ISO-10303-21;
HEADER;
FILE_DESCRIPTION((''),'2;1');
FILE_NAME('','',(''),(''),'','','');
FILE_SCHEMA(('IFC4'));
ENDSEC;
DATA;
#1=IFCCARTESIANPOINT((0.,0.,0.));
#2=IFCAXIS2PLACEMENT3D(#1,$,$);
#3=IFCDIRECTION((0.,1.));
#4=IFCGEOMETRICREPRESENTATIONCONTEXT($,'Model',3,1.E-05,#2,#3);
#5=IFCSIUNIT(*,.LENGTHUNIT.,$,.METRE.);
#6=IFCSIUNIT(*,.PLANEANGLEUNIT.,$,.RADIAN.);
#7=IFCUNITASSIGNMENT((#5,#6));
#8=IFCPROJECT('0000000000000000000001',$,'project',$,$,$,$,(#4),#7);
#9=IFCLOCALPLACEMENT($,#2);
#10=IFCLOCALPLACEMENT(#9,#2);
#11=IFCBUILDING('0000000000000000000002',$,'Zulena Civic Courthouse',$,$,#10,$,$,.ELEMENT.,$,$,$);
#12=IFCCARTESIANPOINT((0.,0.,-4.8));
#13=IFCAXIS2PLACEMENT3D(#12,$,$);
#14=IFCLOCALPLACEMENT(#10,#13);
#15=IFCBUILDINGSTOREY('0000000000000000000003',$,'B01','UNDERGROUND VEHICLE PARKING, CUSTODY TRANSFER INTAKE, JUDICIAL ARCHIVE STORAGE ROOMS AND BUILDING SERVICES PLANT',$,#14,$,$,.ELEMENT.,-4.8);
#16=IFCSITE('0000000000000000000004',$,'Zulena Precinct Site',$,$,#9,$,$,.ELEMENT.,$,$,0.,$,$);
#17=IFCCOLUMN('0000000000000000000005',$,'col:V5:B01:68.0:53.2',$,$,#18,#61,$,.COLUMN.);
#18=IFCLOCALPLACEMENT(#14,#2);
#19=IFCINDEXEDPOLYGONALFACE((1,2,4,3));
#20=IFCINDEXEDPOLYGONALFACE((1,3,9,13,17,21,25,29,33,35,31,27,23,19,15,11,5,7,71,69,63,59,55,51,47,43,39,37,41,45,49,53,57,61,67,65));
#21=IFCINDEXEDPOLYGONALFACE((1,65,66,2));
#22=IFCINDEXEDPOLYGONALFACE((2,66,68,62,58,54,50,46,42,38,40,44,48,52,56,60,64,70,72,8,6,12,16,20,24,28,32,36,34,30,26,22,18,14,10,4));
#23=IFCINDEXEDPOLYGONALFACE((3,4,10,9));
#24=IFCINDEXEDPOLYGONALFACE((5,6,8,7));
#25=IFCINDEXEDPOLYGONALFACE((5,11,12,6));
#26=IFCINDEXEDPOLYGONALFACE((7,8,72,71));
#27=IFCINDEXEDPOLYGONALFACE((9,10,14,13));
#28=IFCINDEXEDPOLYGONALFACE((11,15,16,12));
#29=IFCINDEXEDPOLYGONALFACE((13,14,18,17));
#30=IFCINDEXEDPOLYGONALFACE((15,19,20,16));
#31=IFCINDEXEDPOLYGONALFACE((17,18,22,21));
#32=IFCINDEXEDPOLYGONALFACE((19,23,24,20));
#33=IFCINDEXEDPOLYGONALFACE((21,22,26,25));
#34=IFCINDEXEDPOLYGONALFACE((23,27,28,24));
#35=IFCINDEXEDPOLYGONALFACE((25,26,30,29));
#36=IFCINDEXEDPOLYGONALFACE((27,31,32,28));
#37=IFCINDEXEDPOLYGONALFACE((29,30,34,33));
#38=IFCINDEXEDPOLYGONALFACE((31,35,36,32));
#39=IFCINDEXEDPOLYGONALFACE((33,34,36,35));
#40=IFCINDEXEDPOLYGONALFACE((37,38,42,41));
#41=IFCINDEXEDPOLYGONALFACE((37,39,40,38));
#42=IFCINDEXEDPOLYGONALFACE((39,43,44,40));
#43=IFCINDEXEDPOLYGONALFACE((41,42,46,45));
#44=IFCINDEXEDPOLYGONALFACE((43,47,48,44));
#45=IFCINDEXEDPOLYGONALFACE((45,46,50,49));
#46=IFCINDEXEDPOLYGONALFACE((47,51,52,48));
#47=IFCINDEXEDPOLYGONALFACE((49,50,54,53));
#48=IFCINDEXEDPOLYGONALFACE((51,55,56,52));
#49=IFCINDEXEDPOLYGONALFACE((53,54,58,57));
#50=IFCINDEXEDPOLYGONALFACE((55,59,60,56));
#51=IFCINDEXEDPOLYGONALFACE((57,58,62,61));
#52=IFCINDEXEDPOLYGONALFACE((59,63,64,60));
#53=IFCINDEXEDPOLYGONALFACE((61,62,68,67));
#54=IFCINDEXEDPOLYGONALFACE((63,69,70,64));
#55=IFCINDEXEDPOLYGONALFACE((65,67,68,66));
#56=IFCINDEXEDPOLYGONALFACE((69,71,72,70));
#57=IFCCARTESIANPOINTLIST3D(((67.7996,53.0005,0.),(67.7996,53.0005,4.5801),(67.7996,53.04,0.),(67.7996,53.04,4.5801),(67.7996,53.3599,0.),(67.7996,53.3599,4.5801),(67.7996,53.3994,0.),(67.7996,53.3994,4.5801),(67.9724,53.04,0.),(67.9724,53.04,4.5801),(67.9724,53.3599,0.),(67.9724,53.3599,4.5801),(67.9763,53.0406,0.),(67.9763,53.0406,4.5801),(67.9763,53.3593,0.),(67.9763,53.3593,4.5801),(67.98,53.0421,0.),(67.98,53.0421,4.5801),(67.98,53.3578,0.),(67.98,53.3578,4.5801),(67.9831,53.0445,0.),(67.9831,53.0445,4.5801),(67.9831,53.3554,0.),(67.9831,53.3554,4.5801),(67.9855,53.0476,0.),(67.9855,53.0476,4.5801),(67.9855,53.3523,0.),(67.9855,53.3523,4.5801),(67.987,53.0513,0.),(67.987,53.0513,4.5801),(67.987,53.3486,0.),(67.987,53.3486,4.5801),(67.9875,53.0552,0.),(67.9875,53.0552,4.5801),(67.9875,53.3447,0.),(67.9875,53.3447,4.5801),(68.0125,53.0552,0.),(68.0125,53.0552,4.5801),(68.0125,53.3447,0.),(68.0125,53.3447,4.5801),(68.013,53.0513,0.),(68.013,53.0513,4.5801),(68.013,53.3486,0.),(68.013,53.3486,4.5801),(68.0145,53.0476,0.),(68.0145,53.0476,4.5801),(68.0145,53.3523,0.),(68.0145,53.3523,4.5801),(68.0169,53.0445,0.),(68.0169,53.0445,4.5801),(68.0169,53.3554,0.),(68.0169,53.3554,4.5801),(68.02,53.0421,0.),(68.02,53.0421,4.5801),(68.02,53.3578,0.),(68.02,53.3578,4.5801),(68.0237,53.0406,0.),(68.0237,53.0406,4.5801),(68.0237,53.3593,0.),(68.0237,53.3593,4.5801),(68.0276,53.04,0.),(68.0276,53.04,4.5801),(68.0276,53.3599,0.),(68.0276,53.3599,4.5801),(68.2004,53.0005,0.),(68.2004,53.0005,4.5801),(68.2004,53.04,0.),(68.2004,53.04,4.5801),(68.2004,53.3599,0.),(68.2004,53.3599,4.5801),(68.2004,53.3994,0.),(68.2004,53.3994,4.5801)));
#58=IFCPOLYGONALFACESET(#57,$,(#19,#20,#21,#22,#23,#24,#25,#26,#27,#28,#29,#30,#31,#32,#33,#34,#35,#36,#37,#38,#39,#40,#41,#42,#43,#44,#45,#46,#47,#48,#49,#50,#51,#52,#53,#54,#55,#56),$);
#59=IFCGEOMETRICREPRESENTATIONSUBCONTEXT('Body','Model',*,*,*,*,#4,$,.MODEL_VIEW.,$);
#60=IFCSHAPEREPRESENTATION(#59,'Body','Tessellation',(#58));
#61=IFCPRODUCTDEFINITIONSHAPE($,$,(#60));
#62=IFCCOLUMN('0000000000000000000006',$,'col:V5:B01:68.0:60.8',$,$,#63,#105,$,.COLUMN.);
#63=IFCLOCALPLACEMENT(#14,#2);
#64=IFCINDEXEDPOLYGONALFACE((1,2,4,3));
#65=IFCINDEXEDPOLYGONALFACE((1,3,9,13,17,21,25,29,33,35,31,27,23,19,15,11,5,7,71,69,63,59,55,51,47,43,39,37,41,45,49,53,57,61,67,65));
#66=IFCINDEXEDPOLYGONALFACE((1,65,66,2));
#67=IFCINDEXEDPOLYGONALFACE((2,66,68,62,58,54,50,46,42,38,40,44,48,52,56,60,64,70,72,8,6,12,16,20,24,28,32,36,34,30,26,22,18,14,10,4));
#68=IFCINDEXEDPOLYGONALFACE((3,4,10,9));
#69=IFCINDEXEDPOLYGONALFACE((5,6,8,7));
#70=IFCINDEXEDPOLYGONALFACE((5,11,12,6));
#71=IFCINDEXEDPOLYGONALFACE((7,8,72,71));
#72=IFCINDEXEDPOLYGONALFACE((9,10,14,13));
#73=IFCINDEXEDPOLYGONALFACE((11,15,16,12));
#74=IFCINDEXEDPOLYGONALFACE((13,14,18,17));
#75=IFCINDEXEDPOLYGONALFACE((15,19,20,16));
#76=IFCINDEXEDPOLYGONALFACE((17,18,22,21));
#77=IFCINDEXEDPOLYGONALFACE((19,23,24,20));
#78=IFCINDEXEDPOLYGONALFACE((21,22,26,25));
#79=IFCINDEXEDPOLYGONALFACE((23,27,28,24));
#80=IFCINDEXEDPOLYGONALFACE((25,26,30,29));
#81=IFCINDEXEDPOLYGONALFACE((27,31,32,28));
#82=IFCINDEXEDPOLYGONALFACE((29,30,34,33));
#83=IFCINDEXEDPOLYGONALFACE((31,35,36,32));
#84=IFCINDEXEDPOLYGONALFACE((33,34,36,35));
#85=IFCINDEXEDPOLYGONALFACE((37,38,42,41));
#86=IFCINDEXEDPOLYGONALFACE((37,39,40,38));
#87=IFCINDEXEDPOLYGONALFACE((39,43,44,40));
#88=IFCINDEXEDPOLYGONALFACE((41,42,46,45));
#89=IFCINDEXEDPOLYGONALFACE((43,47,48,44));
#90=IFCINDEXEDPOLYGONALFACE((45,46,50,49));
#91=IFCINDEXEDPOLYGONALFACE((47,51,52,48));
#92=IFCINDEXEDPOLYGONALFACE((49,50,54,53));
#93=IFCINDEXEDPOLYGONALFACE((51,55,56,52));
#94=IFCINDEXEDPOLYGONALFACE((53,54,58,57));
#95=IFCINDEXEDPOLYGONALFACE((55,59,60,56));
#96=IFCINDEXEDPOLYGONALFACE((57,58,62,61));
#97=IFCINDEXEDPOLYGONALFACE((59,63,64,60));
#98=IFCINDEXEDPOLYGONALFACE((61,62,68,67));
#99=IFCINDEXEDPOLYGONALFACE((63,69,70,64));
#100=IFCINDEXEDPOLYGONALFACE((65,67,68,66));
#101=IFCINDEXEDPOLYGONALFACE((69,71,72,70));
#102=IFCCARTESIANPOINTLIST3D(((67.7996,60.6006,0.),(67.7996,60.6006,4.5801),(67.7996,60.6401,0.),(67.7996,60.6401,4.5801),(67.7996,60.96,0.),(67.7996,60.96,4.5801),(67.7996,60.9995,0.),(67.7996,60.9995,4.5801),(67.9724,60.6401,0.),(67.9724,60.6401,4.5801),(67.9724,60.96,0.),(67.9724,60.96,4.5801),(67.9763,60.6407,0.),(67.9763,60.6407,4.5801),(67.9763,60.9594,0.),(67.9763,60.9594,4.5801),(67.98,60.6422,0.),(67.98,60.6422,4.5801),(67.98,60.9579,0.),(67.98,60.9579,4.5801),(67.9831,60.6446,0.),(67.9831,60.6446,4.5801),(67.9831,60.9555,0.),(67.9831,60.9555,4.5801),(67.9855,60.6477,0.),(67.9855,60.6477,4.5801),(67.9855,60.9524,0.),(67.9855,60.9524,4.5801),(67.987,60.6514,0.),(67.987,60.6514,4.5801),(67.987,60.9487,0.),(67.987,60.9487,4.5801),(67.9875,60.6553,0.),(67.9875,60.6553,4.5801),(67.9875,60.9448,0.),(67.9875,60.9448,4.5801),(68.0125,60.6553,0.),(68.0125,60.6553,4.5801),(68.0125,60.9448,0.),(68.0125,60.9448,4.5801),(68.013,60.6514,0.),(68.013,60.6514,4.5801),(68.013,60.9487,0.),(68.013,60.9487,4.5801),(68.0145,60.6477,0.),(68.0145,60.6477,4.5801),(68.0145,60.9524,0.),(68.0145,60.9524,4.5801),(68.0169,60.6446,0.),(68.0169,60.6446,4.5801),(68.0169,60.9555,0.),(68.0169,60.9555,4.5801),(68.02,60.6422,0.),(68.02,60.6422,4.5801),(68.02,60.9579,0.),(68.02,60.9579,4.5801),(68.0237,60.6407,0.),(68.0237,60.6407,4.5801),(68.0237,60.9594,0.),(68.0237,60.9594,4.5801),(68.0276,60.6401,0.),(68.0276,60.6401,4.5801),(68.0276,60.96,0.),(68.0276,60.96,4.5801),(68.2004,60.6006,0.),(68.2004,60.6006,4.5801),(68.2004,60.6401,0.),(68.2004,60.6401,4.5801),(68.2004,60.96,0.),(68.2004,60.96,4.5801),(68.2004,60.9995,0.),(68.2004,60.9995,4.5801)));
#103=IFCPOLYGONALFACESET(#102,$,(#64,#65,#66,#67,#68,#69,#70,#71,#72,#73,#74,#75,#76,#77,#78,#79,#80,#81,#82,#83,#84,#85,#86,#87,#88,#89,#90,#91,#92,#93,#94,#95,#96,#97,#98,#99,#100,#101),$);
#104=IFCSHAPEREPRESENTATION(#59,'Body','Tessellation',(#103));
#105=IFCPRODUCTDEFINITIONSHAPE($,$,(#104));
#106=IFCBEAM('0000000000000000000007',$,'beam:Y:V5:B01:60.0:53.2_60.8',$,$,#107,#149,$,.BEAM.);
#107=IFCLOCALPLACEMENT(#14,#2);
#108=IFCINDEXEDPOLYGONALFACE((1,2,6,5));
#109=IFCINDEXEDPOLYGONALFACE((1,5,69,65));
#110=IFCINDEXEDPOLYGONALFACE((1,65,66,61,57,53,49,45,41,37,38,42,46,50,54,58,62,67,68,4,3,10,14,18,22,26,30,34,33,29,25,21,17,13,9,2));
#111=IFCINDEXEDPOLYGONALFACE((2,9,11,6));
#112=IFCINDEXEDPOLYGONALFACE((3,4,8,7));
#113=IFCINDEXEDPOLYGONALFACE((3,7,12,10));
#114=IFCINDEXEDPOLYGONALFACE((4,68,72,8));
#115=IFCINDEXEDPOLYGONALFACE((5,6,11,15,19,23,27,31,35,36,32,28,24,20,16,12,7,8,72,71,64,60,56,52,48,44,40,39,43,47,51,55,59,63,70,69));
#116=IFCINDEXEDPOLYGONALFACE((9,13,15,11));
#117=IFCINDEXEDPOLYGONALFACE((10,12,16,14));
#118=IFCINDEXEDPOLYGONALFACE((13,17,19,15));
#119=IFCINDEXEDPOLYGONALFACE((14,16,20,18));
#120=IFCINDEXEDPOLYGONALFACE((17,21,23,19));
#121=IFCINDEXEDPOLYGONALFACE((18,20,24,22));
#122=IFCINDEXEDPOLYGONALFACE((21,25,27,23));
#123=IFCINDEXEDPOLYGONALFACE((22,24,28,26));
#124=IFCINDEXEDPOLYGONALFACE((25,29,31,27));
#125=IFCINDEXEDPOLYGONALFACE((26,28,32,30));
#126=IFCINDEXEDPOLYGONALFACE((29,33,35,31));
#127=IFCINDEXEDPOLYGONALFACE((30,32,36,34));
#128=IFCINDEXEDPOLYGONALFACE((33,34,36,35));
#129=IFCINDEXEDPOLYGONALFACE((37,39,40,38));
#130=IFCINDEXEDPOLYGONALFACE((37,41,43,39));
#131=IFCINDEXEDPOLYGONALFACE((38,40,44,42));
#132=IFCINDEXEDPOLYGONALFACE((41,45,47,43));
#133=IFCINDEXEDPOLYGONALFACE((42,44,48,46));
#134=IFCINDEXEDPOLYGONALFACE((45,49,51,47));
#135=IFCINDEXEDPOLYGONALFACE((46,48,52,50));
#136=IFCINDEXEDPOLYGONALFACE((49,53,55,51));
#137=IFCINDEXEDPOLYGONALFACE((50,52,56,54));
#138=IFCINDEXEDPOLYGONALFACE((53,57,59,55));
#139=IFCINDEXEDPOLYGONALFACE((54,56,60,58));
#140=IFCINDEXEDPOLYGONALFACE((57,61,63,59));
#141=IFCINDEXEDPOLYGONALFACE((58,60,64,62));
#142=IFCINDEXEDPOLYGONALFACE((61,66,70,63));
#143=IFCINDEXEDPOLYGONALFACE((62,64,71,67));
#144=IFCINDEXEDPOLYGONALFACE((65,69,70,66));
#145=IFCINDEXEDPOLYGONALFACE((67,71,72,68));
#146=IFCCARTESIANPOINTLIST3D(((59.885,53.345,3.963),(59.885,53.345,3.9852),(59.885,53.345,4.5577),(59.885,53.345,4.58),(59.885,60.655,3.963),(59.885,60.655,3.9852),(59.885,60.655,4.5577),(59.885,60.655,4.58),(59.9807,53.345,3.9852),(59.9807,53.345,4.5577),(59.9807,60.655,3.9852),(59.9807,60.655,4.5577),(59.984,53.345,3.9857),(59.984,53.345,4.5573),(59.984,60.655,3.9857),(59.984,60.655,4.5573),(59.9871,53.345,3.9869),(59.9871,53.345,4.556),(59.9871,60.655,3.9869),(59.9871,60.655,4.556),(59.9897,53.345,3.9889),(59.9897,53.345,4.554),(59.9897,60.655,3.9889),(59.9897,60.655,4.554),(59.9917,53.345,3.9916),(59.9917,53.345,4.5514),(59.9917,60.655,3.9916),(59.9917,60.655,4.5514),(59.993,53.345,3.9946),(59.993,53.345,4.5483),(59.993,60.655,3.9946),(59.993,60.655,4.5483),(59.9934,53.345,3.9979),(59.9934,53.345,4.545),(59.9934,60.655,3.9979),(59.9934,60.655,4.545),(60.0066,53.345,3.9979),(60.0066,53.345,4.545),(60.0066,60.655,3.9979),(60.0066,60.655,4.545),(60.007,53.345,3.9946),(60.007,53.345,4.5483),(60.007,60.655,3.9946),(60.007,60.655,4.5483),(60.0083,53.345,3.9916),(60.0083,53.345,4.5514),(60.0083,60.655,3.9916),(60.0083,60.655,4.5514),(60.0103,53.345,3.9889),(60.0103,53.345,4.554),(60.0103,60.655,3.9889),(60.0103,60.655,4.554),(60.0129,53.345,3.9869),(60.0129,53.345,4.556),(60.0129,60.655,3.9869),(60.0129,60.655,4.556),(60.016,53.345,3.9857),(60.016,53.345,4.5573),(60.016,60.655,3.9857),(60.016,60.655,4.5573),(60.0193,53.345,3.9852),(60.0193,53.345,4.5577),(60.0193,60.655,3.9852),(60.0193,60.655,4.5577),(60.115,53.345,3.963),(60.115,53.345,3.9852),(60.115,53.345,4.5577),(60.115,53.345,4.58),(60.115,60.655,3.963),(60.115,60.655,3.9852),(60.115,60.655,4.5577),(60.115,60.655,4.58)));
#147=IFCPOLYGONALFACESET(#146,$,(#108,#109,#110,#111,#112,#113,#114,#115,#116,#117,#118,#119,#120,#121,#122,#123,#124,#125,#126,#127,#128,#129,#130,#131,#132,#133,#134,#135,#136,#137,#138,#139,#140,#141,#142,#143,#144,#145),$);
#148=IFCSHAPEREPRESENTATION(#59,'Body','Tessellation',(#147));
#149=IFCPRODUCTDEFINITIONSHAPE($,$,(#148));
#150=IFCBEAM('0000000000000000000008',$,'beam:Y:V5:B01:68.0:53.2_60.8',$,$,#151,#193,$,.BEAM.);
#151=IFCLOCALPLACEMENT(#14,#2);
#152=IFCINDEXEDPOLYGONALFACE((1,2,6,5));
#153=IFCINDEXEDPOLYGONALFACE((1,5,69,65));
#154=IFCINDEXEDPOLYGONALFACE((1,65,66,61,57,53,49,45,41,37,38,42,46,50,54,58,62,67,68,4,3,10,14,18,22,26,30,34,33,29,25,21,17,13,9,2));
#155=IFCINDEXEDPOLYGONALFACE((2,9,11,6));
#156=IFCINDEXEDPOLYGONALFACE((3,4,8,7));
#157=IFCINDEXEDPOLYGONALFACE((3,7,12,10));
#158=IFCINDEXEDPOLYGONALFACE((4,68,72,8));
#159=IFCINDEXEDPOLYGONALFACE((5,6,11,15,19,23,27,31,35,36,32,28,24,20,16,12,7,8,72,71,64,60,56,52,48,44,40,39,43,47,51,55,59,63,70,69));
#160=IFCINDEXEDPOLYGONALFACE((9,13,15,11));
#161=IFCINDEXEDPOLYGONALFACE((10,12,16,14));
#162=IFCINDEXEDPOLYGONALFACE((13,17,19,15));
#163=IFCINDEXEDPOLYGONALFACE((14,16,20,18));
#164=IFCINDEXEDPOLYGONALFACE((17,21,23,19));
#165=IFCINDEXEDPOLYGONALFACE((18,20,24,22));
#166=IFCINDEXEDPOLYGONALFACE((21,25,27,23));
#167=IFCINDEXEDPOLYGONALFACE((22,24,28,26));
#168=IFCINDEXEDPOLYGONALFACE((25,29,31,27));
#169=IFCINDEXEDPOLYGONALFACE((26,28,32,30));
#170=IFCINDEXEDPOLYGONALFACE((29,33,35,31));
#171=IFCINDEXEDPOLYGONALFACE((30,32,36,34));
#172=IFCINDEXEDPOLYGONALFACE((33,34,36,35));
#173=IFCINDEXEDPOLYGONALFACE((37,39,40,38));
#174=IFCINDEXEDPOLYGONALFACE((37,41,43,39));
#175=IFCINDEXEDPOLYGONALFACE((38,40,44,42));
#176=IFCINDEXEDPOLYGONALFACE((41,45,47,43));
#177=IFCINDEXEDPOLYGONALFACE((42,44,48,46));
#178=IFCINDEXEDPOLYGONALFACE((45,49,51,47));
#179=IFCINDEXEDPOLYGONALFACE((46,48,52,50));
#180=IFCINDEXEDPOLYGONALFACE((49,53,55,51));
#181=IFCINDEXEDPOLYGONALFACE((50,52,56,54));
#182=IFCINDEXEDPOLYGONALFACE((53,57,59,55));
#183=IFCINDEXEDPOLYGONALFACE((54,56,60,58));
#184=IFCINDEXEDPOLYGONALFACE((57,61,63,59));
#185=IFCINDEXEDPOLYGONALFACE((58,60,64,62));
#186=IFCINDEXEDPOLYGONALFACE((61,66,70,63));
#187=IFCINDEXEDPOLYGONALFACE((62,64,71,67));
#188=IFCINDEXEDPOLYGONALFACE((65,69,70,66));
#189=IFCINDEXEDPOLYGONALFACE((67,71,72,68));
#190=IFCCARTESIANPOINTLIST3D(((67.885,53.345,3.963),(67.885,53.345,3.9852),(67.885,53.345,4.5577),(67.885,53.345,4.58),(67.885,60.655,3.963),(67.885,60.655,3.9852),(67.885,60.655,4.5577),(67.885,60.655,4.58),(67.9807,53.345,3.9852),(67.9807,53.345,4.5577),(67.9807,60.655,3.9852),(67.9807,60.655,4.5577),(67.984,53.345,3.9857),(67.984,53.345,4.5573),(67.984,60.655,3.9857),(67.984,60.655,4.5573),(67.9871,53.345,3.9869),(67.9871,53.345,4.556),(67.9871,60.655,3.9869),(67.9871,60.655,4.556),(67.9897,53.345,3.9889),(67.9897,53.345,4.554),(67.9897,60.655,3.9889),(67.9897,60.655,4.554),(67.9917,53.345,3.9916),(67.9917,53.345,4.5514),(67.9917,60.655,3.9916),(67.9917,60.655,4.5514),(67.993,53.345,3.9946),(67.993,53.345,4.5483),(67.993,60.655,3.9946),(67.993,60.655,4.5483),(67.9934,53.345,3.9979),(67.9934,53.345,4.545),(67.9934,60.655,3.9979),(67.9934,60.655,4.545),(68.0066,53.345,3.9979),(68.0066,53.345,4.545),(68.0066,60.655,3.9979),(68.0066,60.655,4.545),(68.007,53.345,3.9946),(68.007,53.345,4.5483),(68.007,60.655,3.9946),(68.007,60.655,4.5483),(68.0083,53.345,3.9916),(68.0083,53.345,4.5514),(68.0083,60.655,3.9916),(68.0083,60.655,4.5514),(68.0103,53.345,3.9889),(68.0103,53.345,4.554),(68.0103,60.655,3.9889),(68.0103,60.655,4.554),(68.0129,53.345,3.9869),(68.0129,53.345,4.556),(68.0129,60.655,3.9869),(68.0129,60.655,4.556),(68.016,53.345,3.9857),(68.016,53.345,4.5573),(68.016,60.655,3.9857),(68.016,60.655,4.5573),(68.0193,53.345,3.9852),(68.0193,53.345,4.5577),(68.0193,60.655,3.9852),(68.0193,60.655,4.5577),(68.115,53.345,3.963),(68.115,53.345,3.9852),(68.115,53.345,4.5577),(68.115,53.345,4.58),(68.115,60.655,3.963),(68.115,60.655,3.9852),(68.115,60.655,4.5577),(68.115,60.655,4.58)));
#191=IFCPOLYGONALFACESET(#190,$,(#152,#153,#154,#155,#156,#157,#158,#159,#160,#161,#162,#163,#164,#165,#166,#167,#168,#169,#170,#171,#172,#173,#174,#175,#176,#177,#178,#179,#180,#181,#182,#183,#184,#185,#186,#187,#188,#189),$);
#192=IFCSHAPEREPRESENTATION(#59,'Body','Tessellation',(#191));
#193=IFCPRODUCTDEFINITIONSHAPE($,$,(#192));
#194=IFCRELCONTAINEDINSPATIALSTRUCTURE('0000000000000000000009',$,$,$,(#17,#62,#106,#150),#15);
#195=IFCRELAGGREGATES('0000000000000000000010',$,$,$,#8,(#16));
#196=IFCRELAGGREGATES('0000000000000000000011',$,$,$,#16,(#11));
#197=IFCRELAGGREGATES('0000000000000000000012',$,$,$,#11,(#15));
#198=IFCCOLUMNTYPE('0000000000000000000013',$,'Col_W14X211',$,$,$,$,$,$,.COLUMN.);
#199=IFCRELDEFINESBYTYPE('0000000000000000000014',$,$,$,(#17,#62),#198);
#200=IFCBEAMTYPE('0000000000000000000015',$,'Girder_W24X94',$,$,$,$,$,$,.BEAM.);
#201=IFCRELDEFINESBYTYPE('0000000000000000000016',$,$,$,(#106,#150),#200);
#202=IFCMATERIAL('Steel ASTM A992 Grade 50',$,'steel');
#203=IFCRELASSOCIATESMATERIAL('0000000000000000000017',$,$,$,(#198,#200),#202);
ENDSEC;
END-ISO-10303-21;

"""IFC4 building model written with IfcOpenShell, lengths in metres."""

from ifc_helpers import new_model, si_unit, direction, frame, origin, origin_2d, place, context, subcontext, project, spatial, i_section, extrude, material, material_profile, profile_set, type_object, element, save


model = new_model("IFC4")

# Units and contexts
model_context = context("Model", 3, precision=1e-05, world=origin(), true_north=direction((0.0, 1.0)))
body_context = subcontext(model_context, "Body", "Model", "MODEL_VIEW")
ifc_project = project(units=[si_unit("LENGTHUNIT", "METRE"), si_unit("PLANEANGLEUNIT", "RADIAN")], contexts=[model_context])

# Site, building, storey
site_placement = place(None, origin())
site = spatial("IfcSite", under=ifc_project, at=site_placement, Name="Zulena Precinct Site", CompositionType="ELEMENT", RefElevation=0.0)
building_placement = place(site_placement, origin())
building = spatial("IfcBuilding", under=site, at=building_placement, Name="Zulena Civic Courthouse", CompositionType="ELEMENT")
storey_placement = place(building_placement, frame((0.0, 0.0, -4.8)))
storey = spatial("IfcBuildingStorey", under=building, at=storey_placement, Name="B01", Description="UNDERGROUND VEHICLE PARKING, CUSTODY TRANSFER INTAKE, JUDICIAL ARCHIVE STORAGE ROOMS AND BUILDING SERVICES PLANT", CompositionType="ELEMENT", Elevation=-4.8)

# Columns
ifc_material_1 = material(Name="Steel ASTM A992 Grade 50", Category="steel")
ifc_material_profile_1 = material_profile(ifc_material_1, i_section(OverallWidth=0.4009, OverallDepth=0.3989, WebThickness=0.0249, FlangeThickness=0.0396, FilletRadius=0.0151, at=origin_2d()), Name="W14X211")
ifc_profile_set_1 = profile_set([ifc_material_profile_1], Name="Steel ASTM A992 Grade 50")
column_type = type_object("IfcColumnType", Name="Col_W14X211", PredefinedType="COLUMN", material=ifc_profile_set_1)
for number, where, z_axis, x_axis, name in (
    (1, (68.0, 53.2, 0.0), (0.0, 0.0, 1.0), (1.0, 0.0, 0.0), "col:V5:B01:68.0:53.2"),
    (2, (68.0, 60.8, 0.0), (0.0, 0.0, 1.0), (1.0, 0.0, 0.0), "col:V5:B01:68.0:60.8"),
):
    element("IfcColumn", number, at=place(storey_placement, frame(where, z_axis=z_axis, x_axis=x_axis)), inside=storey, type_object=column_type, Name=name, PredefinedType="COLUMN", context=body_context, shape_type="SweptSolid", body=[
        extrude(i_section(OverallWidth=0.4009, OverallDepth=0.3989, WebThickness=0.0249, FlangeThickness=0.0396, FilletRadius=0.0151, at=origin_2d()), origin(), (0.0, 0.0, 1.0), 4.5801),
    ])

# Beams
ifc_material_profile_2 = material_profile(ifc_material_1, i_section(OverallWidth=0.23, OverallDepth=0.6169, WebThickness=0.0132, FlangeThickness=0.0222, FilletRadius=0.0127, at=origin_2d()), Name="W24X94")
ifc_profile_set_2 = profile_set([ifc_material_profile_2], Name="Steel ASTM A992 Grade 50")
beam_type_1 = type_object("IfcBeamType", Name="Girder_W24X94", PredefinedType="BEAM", material=ifc_profile_set_2)
for number, where, z_axis, x_axis, name in (
    (3, (60.0, 53.345, 4.2715), (0.0, 1.0, 0.0), (-1.0, 0.0, 0.0), "beam:Y:V5:B01:60.0:53.2_60.8"),
    (4, (68.0, 53.345, 4.2715), (0.0, 1.0, 0.0), (-1.0, 0.0, 0.0), "beam:Y:V5:B01:68.0:53.2_60.8"),
):
    element("IfcBeam", number, at=place(storey_placement, frame(where, z_axis=z_axis, x_axis=x_axis)), inside=storey, type_object=beam_type_1, Name=name, PredefinedType="BEAM", context=body_context, shape_type="SweptSolid", body=[
        extrude(i_section(OverallWidth=0.23, OverallDepth=0.6169, WebThickness=0.0132, FlangeThickness=0.0222, FilletRadius=0.0127, at=origin_2d()), origin(), (0.0, 0.0, 1.0), 7.3101),
    ])

save(model, "model.ifc")
